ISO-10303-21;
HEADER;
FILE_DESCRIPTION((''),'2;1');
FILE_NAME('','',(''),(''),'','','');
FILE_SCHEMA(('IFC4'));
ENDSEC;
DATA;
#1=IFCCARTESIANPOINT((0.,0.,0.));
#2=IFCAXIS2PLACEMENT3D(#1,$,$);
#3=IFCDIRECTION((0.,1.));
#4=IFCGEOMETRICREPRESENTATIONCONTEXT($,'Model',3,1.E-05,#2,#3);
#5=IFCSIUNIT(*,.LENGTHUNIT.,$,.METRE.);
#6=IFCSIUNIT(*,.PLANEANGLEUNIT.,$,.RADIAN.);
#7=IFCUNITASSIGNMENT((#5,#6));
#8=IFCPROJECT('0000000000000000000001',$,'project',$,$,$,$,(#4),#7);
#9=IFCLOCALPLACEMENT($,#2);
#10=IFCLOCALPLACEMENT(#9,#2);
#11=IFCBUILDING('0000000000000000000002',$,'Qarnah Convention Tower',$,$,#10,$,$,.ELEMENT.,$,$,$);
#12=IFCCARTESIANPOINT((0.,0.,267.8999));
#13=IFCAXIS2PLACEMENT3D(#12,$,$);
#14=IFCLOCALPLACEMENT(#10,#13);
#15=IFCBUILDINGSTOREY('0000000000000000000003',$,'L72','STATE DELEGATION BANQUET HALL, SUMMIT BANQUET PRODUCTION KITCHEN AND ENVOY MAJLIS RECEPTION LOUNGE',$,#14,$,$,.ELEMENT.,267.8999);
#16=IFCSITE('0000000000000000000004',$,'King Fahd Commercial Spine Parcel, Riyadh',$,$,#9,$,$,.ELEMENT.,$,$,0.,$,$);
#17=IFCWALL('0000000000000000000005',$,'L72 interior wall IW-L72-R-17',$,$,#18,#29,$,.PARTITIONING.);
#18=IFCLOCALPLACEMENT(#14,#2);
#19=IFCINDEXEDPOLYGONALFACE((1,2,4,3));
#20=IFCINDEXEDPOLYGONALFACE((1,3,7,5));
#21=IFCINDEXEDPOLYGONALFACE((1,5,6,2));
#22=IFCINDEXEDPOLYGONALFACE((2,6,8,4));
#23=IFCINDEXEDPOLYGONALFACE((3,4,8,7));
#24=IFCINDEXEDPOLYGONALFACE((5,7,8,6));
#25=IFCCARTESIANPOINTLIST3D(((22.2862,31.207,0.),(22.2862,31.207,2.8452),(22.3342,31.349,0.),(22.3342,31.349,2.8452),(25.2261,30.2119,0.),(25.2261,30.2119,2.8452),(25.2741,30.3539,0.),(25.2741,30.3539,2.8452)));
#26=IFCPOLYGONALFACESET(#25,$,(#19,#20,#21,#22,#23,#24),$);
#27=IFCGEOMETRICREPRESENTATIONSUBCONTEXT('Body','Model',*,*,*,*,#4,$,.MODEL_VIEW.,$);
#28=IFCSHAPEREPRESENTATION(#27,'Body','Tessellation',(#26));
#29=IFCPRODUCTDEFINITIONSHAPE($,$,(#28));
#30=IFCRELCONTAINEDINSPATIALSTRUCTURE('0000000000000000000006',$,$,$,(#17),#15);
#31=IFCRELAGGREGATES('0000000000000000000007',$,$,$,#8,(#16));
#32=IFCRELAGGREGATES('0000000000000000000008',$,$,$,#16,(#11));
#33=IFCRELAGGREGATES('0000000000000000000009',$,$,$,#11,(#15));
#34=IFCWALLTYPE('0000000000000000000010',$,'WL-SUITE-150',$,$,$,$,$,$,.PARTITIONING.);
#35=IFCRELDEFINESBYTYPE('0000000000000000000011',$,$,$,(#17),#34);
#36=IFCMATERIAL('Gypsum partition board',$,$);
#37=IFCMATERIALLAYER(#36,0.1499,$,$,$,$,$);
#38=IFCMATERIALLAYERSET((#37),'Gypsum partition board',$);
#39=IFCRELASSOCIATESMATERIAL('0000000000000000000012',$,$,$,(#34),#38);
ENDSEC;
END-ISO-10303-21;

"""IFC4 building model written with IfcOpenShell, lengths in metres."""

from ifc_helpers import new_model, si_unit, direction, frame, frame_2d, origin, place, context, subcontext, project, spatial, rectangle, extrude, material, layer, layer_set, type_object, element, save


model = new_model("IFC4")

# Units and contexts
model_context = context("Model", 3, precision=1e-05, world=origin(), true_north=direction((0.0, 1.0)))
body_context = subcontext(model_context, "Body", "Model", "MODEL_VIEW")
ifc_project = project(units=[si_unit("LENGTHUNIT", "METRE"), si_unit("PLANEANGLEUNIT", "RADIAN")], contexts=[model_context])

# Site, building, storey
site_placement = place(None, origin())
site = spatial("IfcSite", under=ifc_project, at=site_placement, Name="King Fahd Commercial Spine Parcel, Riyadh", CompositionType="ELEMENT", RefElevation=0.0)
building_placement = place(site_placement, origin())
building = spatial("IfcBuilding", under=site, at=building_placement, Name="Qarnah Convention Tower", CompositionType="ELEMENT")
storey_placement = place(building_placement, frame((0.0, 0.0, 267.8999)))
storey = spatial("IfcBuildingStorey", under=building, at=storey_placement, Name="L72", Description="STATE DELEGATION BANQUET HALL, SUMMIT BANQUET PRODUCTION KITCHEN AND ENVOY MAJLIS RECEPTION LOUNGE", CompositionType="ELEMENT", Elevation=267.8999)

# Wall
ifc_material_1 = material(Name="Gypsum partition board")
ifc_layer_1 = layer(ifc_material_1, 0.1499)
ifc_layer_set_1 = layer_set([ifc_layer_1], Name="Gypsum partition board")
wall_type_1 = type_object("IfcWallType", Name="WL-SUITE-150", PredefinedType="PARTITIONING", material=ifc_layer_set_1)
wall_1_placement = place(storey_placement, frame((25.25, 30.283, 0.0), z_axis=(0.0, 0.0, 1.0), x_axis=(-0.94721, 0.320614, 0.0)))
element("IfcWall", 1, at=wall_1_placement, inside=storey, type_object=wall_type_1, Name="L72 interior wall IW-L72-R-17", PredefinedType="PARTITIONING", context=body_context, shape_type="SweptSolid", body=[
    extrude(rectangle(XDim=3.1038, YDim=0.1499, at=frame_2d((1.5518, 0.0))), origin(), (0.0, 0.0, 1.0), 2.8452),
])

save(model, "model.ifc")
